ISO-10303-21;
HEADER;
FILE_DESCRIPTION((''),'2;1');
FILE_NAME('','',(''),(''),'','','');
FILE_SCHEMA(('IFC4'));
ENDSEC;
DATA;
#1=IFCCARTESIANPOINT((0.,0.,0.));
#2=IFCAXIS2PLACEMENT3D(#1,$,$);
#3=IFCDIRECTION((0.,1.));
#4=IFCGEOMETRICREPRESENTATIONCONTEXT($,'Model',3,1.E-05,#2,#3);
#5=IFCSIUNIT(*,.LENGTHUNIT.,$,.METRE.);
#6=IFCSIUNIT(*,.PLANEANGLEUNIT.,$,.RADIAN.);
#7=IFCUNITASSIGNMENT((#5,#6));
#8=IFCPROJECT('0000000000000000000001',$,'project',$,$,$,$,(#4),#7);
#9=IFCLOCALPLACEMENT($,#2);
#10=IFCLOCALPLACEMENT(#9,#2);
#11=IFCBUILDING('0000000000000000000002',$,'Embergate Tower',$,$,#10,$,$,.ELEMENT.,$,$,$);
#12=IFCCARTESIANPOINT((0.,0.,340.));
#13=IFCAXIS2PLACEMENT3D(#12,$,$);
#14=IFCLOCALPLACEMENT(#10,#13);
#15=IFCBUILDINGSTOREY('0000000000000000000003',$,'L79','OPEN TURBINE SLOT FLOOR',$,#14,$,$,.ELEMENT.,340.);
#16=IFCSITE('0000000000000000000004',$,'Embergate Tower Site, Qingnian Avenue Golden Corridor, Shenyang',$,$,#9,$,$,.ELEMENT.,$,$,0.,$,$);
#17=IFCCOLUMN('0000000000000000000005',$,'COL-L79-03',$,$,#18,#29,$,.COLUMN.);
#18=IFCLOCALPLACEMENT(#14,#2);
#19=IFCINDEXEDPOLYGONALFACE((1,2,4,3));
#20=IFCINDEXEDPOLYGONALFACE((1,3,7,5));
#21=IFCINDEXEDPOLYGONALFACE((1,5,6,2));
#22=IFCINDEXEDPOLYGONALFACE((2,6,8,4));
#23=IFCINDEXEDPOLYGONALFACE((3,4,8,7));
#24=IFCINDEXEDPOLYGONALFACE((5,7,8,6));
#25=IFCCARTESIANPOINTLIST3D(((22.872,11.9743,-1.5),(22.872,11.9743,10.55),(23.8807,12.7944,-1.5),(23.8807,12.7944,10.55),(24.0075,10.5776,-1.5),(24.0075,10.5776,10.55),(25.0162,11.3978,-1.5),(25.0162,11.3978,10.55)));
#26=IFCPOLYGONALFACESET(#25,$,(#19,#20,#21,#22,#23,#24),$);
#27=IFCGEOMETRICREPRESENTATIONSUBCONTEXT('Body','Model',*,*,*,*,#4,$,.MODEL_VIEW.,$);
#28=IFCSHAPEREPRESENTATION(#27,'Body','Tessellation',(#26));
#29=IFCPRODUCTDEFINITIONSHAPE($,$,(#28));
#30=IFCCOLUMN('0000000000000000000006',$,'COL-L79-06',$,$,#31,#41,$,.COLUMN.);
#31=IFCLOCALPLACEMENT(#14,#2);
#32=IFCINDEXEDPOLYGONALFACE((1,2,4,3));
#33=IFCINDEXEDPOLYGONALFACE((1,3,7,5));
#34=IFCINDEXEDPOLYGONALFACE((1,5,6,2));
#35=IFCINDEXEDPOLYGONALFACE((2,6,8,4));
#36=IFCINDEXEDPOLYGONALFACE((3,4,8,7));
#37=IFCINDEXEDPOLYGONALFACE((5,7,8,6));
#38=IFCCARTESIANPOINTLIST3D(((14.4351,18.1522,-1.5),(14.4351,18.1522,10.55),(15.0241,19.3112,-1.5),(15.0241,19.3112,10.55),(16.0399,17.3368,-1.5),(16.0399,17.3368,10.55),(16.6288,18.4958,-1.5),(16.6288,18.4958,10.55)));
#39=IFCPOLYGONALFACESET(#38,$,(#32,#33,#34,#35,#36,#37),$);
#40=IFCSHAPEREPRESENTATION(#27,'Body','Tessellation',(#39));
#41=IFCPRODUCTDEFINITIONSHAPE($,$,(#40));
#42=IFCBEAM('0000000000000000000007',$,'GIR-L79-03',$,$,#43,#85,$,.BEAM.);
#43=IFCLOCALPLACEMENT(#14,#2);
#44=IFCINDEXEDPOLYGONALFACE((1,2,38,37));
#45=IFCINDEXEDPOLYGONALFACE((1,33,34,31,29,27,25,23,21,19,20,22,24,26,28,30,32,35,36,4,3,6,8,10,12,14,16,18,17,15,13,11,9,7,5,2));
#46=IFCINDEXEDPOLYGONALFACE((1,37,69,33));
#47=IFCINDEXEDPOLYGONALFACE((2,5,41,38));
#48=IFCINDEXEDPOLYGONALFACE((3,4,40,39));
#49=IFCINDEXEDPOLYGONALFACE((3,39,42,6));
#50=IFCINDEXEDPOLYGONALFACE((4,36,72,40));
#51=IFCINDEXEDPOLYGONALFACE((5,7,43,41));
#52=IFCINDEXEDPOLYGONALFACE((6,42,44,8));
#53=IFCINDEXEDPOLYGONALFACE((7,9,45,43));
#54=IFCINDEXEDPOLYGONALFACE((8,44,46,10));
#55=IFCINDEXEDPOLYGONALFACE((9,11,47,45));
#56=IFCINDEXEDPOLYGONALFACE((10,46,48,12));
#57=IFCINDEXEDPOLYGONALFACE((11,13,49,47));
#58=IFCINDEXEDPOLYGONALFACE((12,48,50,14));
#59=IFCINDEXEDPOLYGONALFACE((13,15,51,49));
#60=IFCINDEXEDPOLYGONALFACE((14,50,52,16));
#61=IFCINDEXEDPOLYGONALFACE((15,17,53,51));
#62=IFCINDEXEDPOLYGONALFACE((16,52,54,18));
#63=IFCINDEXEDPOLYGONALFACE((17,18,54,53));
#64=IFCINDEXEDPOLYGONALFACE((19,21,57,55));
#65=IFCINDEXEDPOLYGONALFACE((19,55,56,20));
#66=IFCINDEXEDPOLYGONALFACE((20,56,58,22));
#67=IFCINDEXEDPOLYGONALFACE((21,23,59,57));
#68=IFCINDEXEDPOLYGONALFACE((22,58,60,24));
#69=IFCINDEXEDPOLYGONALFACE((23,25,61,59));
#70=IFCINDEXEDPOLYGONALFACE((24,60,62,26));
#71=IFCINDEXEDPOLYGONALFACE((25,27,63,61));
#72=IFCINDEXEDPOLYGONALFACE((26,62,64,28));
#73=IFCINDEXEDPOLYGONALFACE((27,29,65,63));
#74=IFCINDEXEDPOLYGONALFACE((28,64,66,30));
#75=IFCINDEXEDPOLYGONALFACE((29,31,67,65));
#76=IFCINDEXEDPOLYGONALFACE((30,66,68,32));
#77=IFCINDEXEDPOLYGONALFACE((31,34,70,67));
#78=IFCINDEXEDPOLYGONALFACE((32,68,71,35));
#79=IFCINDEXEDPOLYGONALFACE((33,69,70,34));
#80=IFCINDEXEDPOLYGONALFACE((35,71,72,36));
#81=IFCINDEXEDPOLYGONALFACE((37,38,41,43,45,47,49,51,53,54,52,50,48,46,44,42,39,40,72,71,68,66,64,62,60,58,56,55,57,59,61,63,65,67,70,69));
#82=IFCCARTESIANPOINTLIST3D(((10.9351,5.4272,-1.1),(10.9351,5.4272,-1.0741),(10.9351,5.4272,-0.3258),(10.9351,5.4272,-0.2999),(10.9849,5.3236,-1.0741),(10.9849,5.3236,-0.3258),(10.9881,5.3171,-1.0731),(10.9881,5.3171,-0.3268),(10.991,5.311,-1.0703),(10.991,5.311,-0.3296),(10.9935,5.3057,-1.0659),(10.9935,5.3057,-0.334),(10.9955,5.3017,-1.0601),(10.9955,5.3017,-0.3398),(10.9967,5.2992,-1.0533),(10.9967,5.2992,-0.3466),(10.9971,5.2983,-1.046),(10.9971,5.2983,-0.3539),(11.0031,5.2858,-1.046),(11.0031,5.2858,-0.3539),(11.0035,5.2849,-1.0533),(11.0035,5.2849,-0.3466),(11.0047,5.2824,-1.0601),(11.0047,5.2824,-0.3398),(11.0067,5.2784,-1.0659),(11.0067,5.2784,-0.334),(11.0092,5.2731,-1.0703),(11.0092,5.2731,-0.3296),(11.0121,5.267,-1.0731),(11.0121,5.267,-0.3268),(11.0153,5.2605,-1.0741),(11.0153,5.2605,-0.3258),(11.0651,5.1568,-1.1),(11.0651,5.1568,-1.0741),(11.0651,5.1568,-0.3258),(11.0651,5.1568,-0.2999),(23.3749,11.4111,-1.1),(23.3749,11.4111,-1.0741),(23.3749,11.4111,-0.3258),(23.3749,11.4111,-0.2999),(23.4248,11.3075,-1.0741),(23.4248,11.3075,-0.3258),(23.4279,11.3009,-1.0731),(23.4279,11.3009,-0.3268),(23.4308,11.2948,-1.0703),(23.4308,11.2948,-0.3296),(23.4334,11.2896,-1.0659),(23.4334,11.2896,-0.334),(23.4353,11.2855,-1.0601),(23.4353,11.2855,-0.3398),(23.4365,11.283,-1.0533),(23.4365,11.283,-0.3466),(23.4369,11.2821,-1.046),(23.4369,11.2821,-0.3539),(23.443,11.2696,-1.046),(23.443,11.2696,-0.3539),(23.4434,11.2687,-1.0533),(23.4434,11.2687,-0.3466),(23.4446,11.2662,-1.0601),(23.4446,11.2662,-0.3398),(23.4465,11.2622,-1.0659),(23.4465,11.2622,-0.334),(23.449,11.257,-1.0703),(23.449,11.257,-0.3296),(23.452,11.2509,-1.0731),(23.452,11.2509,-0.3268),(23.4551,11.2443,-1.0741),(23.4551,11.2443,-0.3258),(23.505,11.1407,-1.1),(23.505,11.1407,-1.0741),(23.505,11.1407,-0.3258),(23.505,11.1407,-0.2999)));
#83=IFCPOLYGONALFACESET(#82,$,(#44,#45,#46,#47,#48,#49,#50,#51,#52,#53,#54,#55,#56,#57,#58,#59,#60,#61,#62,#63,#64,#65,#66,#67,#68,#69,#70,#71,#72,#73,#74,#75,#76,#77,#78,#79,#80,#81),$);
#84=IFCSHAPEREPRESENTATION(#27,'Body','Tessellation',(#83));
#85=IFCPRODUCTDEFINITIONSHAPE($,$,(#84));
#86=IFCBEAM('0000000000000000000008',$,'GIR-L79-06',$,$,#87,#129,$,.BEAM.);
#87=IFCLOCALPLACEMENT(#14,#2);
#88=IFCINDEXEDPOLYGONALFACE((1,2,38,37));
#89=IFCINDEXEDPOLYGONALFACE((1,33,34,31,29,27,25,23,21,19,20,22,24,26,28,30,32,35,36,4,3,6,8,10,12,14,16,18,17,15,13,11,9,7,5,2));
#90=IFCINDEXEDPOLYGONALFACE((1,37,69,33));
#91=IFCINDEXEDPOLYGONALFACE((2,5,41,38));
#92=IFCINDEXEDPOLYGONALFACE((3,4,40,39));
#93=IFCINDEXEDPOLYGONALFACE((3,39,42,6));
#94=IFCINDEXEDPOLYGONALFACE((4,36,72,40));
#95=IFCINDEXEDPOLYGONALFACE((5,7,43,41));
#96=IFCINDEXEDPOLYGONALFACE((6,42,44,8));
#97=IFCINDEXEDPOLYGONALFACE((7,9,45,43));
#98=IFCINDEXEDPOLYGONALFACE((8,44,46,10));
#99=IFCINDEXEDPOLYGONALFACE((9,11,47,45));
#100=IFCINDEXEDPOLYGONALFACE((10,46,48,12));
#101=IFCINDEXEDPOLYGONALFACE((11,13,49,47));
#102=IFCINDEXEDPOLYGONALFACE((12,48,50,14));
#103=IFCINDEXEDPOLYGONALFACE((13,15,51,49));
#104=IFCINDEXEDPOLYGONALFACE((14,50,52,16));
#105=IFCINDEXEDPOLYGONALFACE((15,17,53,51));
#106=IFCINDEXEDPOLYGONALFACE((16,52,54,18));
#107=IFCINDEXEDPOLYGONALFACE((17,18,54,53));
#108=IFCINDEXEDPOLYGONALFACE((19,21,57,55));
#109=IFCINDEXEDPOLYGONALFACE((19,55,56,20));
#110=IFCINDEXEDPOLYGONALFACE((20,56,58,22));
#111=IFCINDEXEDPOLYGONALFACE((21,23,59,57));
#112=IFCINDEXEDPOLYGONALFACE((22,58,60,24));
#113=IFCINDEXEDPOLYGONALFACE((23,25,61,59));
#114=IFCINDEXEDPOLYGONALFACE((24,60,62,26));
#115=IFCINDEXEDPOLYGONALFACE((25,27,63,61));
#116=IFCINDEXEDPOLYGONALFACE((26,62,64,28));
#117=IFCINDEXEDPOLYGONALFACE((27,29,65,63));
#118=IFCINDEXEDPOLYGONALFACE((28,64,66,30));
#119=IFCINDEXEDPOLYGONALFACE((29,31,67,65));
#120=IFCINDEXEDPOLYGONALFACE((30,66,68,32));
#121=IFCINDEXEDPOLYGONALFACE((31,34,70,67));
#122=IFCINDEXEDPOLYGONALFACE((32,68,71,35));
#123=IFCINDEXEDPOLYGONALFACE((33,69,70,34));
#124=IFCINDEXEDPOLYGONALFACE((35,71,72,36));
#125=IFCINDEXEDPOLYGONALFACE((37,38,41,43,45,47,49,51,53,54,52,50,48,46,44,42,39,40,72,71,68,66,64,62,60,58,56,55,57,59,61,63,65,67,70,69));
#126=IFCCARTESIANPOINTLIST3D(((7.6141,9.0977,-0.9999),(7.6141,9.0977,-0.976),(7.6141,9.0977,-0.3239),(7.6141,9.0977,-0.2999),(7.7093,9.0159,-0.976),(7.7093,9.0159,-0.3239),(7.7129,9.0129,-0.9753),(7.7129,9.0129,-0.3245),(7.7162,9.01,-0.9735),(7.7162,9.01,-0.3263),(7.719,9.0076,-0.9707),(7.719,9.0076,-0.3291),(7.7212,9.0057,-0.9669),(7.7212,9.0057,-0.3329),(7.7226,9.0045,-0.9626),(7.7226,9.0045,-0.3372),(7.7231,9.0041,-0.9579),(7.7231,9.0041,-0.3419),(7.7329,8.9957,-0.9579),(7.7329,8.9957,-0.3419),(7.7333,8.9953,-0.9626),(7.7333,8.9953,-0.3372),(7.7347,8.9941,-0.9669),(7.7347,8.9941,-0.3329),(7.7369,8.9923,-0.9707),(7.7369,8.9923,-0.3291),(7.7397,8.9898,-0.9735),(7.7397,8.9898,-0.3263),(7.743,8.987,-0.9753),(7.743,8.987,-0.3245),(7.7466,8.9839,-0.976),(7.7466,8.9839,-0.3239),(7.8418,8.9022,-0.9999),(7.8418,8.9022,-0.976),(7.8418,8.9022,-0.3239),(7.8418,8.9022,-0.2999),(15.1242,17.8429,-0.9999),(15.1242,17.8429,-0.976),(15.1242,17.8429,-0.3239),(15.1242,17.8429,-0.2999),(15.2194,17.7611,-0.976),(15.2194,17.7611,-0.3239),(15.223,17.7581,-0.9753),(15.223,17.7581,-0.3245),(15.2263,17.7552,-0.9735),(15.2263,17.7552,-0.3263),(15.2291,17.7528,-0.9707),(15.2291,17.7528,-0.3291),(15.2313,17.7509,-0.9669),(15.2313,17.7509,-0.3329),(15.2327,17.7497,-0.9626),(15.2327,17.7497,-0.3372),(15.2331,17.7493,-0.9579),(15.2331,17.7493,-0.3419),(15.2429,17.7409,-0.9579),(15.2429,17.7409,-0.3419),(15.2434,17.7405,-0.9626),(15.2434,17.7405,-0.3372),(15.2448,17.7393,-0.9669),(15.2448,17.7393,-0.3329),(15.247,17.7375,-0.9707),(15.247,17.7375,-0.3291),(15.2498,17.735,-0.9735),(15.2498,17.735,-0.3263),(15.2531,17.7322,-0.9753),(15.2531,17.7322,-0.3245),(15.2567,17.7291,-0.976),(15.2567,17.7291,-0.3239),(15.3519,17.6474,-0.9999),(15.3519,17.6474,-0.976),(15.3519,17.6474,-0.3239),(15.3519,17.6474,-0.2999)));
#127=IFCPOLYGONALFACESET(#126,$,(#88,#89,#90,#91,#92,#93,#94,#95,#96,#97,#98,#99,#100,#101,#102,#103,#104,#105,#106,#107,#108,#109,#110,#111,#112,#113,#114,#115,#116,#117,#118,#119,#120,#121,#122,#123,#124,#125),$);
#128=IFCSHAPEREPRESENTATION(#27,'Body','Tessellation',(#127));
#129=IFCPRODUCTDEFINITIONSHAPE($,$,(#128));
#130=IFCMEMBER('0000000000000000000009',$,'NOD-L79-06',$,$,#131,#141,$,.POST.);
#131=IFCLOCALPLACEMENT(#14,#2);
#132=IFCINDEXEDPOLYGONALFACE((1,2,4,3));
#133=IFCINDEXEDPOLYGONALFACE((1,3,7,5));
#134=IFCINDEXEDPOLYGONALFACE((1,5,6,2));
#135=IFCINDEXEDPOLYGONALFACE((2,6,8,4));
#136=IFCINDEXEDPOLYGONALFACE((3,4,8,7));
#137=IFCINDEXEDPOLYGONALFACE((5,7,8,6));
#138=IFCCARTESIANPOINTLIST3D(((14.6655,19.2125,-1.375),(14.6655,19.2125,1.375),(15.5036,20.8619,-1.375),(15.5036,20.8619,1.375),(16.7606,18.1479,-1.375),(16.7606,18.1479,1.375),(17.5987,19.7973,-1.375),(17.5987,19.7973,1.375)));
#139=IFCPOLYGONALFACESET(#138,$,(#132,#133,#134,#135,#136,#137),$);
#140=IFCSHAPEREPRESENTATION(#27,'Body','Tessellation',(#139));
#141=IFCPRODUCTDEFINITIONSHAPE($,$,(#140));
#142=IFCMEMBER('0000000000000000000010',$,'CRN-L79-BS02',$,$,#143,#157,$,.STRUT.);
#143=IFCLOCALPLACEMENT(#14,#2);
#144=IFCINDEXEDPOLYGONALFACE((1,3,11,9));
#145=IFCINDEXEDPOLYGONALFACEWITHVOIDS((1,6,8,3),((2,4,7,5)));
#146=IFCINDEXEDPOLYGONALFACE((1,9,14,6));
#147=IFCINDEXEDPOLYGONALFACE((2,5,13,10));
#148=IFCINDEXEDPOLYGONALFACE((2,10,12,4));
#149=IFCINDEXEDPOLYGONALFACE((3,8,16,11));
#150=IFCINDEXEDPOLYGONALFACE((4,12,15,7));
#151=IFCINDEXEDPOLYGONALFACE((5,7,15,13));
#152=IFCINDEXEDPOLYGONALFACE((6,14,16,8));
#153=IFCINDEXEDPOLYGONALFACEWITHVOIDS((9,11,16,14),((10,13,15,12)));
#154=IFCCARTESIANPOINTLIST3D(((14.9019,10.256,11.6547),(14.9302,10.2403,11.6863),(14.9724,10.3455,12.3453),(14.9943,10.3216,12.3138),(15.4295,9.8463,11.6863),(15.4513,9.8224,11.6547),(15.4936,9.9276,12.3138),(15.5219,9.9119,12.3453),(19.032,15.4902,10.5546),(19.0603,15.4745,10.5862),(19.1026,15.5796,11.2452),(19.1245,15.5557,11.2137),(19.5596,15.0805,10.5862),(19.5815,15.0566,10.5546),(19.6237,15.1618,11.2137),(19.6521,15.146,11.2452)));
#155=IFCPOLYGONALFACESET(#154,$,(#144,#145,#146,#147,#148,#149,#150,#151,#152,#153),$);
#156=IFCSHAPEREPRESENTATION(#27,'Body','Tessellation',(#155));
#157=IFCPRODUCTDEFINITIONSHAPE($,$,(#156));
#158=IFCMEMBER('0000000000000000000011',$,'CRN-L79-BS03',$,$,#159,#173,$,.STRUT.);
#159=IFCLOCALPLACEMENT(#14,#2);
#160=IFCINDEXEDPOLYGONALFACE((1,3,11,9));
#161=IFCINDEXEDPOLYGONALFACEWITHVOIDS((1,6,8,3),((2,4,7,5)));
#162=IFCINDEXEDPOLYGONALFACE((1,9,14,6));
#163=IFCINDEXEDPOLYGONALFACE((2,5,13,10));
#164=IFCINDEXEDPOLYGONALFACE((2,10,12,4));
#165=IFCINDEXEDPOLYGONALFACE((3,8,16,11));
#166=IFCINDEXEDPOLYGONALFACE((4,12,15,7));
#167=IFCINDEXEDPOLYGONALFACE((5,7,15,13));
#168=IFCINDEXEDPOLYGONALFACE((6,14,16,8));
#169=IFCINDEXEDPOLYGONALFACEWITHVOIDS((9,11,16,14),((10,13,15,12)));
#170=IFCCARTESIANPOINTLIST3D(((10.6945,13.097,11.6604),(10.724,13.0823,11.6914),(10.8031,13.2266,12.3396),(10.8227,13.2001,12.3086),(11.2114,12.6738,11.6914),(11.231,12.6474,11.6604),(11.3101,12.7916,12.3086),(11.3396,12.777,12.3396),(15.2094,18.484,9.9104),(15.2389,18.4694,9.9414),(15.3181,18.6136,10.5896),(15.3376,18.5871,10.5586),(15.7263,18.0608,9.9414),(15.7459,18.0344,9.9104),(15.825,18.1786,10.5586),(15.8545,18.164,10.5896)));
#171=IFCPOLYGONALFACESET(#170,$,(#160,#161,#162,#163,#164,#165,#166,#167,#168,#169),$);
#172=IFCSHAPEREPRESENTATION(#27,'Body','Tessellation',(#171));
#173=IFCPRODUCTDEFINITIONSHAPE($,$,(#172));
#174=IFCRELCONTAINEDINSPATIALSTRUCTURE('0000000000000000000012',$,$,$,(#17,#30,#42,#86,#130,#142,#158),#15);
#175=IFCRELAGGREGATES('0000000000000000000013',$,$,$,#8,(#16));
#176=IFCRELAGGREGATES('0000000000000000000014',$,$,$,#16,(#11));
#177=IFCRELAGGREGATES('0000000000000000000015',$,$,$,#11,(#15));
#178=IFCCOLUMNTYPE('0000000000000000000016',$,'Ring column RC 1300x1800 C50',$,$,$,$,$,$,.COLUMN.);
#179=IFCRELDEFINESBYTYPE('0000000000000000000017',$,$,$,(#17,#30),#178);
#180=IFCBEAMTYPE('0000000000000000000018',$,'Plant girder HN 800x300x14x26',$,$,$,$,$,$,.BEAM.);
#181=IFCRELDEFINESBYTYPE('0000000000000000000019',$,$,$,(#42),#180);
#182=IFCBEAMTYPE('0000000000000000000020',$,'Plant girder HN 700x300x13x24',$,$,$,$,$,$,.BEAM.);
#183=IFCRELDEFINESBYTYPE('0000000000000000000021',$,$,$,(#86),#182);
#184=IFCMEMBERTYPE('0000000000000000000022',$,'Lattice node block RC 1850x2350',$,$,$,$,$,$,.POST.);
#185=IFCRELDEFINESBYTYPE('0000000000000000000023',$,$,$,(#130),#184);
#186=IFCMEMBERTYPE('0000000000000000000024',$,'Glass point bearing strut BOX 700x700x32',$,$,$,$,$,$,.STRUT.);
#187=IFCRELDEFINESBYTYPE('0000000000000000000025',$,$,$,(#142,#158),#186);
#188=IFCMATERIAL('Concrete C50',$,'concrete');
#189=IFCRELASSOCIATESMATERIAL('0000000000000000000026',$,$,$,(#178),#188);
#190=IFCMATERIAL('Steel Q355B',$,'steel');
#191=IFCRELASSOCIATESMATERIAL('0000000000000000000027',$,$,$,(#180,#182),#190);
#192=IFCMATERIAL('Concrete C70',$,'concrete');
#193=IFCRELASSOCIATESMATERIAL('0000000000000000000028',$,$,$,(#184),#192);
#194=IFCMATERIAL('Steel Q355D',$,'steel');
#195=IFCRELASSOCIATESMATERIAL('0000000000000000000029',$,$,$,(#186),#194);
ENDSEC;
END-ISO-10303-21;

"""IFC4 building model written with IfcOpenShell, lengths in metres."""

from ifc_helpers import new_model, si_unit, direction, frame, origin, origin_2d, place, context, subcontext, project, spatial, rectangle, hollow_rectangle, i_section, extrude, source, transform, mapped, material, material_profile, profile_set, type_object, element, save


model = new_model("IFC4")

# Units and contexts
model_context = context("Model", 3, precision=1e-05, world=origin(), true_north=direction((0.0, 1.0)))
body_context = subcontext(model_context, "Body", "Model", "MODEL_VIEW")
ifc_project = project(units=[si_unit("LENGTHUNIT", "METRE"), si_unit("PLANEANGLEUNIT", "RADIAN")], contexts=[model_context])

# Site, building, storey
site_placement = place(None, origin())
site = spatial("IfcSite", under=ifc_project, at=site_placement, Name="Embergate Tower Site, Qingnian Avenue Golden Corridor, Shenyang", CompositionType="ELEMENT", RefElevation=0.0)
building_placement = place(site_placement, origin())
building = spatial("IfcBuilding", under=site, at=building_placement, Name="Embergate Tower", CompositionType="ELEMENT")
storey_placement = place(building_placement, frame((0.0, 0.0, 340.0)))
storey = spatial("IfcBuildingStorey", under=building, at=storey_placement, Name="L79", Description="OPEN TURBINE SLOT FLOOR", CompositionType="ELEMENT", Elevation=340.0)

# Columns
ifc_material_1 = material(Name="Concrete C50", Category="concrete")
ifc_material_profile_1 = material_profile(ifc_material_1, rectangle(XDim=1.3, YDim=1.8, at=origin_2d()), Name="RC 1300x1800")
ifc_profile_set_1 = profile_set([ifc_material_profile_1], Name="Concrete C50")
column_type = type_object("IfcColumnType", Name="Ring column RC 1300x1800 C50", PredefinedType="COLUMN", material=ifc_profile_set_1)
shared_shape_1 = source(origin(), body_context, "Body", "SweptSolid", [
    extrude(rectangle(XDim=1.3, YDim=1.8, at=origin_2d()), origin(), (0.0, 0.0, 1.0), 12.05),
])
for number, where, z_axis, x_axis, name in (
    (1, (23.9441, 11.686, -1.5), (0.0, 0.0, 1.0), (0.775914, 0.630838, 0.0), "COL-L79-03"),
    (2, (15.532, 18.324, -1.5), (0.0, 0.0, 1.0), (0.452995, 0.891513, 0.0), "COL-L79-06"),
):
    element("IfcColumn", number, at=place(storey_placement, frame(where, z_axis=z_axis, x_axis=x_axis)), inside=storey, type_object=column_type, Name=name, PredefinedType="COLUMN", context=body_context, shape_type="MappedRepresentation", body=[
        mapped(shared_shape_1, transform((0.0, 0.0, 0.0))),
    ])

# Beams
ifc_material_2 = material(Name="Steel Q355B", Category="steel")
ifc_material_profile_2 = material_profile(ifc_material_2, i_section(OverallWidth=0.3, OverallDepth=0.8, WebThickness=0.0139, FlangeThickness=0.0259, FilletRadius=0.0281, at=origin_2d()), Name="HN 800x300x14x26")
ifc_profile_set_2 = profile_set([ifc_material_profile_2], Name="Steel Q355 grade B")
beam_type_1 = type_object("IfcBeamType", Name="Plant girder HN 800x300x14x26", PredefinedType="BEAM", material=ifc_profile_set_2)
shared_shape_2 = source(origin(), body_context, "Body", "SweptSolid", [
    extrude(i_section(OverallWidth=0.3, OverallDepth=0.8, WebThickness=0.0139, FlangeThickness=0.0259, FilletRadius=0.0281, at=origin_2d()), origin(), (0.0, 0.0, 1.0), 13.8042),
])
beam_1_placement = place(storey_placement, frame((23.4399, 11.2759, -0.7), z_axis=(-0.901163, -0.43348, 0.0), x_axis=(0.43348, -0.901163, 0.0)))
element("IfcBeam", 3, at=beam_1_placement, inside=storey, type_object=beam_type_1, Name="GIR-L79-03", PredefinedType="BEAM", context=body_context, shape_type="MappedRepresentation", body=[
    mapped(shared_shape_2, transform((0.0, 0.0, 0.0))),
])
ifc_material_profile_3 = material_profile(ifc_material_2, i_section(OverallWidth=0.3, OverallDepth=0.7, WebThickness=0.0129, FlangeThickness=0.0239, FilletRadius=0.0181, at=origin_2d()), Name="HN 700x300x13x24")
ifc_profile_set_3 = profile_set([ifc_material_profile_3], Name="Steel Q355 grade B")
beam_type_2 = type_object("IfcBeamType", Name="Plant girder HN 700x300x13x24", PredefinedType="BEAM", material=ifc_profile_set_3)
shared_shape_3 = source(origin(), body_context, "Body", "SweptSolid", [
    extrude(i_section(OverallWidth=0.3, OverallDepth=0.7, WebThickness=0.0129, FlangeThickness=0.0239, FilletRadius=0.0181, at=origin_2d()), origin(), (0.0, 0.0, 1.0), 11.5273),
])
beam_2_placement = place(storey_placement, frame((15.238, 17.7451, -0.6499), z_axis=(-0.651501, -0.758648, 0.0), x_axis=(0.758648, -0.651501, 0.0)))
element("IfcBeam", 4, at=beam_2_placement, inside=storey, type_object=beam_type_2, Name="GIR-L79-06", PredefinedType="BEAM", context=body_context, shape_type="MappedRepresentation", body=[
    mapped(shared_shape_3, transform((0.0, 0.0, 0.0))),
])

# Members
ifc_material_3 = material(Name="Concrete C70", Category="concrete")
ifc_material_profile_4 = material_profile(ifc_material_3, rectangle(XDim=1.8501, YDim=2.3501, at=origin_2d()), Name="RC 1850x2350")
ifc_profile_set_4 = profile_set([ifc_material_profile_4], Name="Concrete C70")
member_type_1 = type_object("IfcMemberType", Name="Lattice node block RC 1850x2350", PredefinedType="POST", material=ifc_profile_set_4)
shared_shape_4 = source(origin(), body_context, "Body", "SweptSolid", [
    extrude(rectangle(XDim=1.8501, YDim=2.3501, at=origin_2d()), origin(), (0.0, 0.0, 1.0), 2.75),
])
member_1_placement = place(storey_placement, frame((16.1321, 19.5049, -1.375), z_axis=(0.0, 0.0, 1.0), x_axis=(0.452995, 0.891513, 0.0)))
element("IfcMember", 5, at=member_1_placement, inside=storey, type_object=member_type_1, Name="NOD-L79-06", PredefinedType="POST", context=body_context, shape_type="MappedRepresentation", body=[
    mapped(shared_shape_4, transform((0.0, 0.0, 0.0))),
])
ifc_material_4 = material(Name="Steel Q355D", Category="steel")
ifc_material_profile_5 = material_profile(ifc_material_4, hollow_rectangle(XDim=0.7, YDim=0.7, WallThickness=0.032, at=origin_2d()), Name="BOX 700x700x32")
ifc_profile_set_5 = profile_set([ifc_material_profile_5], Name="Steel Q355 grade D")
member_type_2 = type_object("IfcMemberType", Name="Glass point bearing strut BOX 700x700x32", PredefinedType="STRUT", material=ifc_profile_set_5)
shared_shape_5 = source(origin(), body_context, "Body", "SweptSolid", [
    extrude(hollow_rectangle(XDim=0.7, YDim=0.7, WallThickness=0.032, at=origin_2d()), origin(), (0.0, 0.0, 1.0), 6.7576),
])
member_2_placement = place(storey_placement, frame((19.342, 15.3181, 10.8999), z_axis=(-0.611188, -0.774562, 0.162796), x_axis=(0.785035, -0.619452, 0.0)))
element("IfcMember", 6, at=member_2_placement, inside=storey, type_object=member_type_2, Name="CRN-L79-BS02", PredefinedType="STRUT", context=body_context, shape_type="MappedRepresentation", body=[
    mapped(shared_shape_5, transform((0.0, 0.0, 0.0))),
])
shared_shape_6 = source(origin(), body_context, "Body", "SweptSolid", [
    extrude(hollow_rectangle(XDim=0.7, YDim=0.7, WallThickness=0.032, at=origin_2d()), origin(), (0.0, 0.0, 1.0), 7.2434),
])
member_3_placement = place(storey_placement, frame((15.532, 18.324, 10.25), z_axis=(-0.623316, -0.743711, 0.241601), x_axis=(0.766416, -0.642345, 0.0)))
element("IfcMember", 7, at=member_3_placement, inside=storey, type_object=member_type_2, Name="CRN-L79-BS03", PredefinedType="STRUT", context=body_context, shape_type="MappedRepresentation", body=[
    mapped(shared_shape_6, transform((0.0, 0.0, 0.0))),
])

save(model, "model.ifc")
